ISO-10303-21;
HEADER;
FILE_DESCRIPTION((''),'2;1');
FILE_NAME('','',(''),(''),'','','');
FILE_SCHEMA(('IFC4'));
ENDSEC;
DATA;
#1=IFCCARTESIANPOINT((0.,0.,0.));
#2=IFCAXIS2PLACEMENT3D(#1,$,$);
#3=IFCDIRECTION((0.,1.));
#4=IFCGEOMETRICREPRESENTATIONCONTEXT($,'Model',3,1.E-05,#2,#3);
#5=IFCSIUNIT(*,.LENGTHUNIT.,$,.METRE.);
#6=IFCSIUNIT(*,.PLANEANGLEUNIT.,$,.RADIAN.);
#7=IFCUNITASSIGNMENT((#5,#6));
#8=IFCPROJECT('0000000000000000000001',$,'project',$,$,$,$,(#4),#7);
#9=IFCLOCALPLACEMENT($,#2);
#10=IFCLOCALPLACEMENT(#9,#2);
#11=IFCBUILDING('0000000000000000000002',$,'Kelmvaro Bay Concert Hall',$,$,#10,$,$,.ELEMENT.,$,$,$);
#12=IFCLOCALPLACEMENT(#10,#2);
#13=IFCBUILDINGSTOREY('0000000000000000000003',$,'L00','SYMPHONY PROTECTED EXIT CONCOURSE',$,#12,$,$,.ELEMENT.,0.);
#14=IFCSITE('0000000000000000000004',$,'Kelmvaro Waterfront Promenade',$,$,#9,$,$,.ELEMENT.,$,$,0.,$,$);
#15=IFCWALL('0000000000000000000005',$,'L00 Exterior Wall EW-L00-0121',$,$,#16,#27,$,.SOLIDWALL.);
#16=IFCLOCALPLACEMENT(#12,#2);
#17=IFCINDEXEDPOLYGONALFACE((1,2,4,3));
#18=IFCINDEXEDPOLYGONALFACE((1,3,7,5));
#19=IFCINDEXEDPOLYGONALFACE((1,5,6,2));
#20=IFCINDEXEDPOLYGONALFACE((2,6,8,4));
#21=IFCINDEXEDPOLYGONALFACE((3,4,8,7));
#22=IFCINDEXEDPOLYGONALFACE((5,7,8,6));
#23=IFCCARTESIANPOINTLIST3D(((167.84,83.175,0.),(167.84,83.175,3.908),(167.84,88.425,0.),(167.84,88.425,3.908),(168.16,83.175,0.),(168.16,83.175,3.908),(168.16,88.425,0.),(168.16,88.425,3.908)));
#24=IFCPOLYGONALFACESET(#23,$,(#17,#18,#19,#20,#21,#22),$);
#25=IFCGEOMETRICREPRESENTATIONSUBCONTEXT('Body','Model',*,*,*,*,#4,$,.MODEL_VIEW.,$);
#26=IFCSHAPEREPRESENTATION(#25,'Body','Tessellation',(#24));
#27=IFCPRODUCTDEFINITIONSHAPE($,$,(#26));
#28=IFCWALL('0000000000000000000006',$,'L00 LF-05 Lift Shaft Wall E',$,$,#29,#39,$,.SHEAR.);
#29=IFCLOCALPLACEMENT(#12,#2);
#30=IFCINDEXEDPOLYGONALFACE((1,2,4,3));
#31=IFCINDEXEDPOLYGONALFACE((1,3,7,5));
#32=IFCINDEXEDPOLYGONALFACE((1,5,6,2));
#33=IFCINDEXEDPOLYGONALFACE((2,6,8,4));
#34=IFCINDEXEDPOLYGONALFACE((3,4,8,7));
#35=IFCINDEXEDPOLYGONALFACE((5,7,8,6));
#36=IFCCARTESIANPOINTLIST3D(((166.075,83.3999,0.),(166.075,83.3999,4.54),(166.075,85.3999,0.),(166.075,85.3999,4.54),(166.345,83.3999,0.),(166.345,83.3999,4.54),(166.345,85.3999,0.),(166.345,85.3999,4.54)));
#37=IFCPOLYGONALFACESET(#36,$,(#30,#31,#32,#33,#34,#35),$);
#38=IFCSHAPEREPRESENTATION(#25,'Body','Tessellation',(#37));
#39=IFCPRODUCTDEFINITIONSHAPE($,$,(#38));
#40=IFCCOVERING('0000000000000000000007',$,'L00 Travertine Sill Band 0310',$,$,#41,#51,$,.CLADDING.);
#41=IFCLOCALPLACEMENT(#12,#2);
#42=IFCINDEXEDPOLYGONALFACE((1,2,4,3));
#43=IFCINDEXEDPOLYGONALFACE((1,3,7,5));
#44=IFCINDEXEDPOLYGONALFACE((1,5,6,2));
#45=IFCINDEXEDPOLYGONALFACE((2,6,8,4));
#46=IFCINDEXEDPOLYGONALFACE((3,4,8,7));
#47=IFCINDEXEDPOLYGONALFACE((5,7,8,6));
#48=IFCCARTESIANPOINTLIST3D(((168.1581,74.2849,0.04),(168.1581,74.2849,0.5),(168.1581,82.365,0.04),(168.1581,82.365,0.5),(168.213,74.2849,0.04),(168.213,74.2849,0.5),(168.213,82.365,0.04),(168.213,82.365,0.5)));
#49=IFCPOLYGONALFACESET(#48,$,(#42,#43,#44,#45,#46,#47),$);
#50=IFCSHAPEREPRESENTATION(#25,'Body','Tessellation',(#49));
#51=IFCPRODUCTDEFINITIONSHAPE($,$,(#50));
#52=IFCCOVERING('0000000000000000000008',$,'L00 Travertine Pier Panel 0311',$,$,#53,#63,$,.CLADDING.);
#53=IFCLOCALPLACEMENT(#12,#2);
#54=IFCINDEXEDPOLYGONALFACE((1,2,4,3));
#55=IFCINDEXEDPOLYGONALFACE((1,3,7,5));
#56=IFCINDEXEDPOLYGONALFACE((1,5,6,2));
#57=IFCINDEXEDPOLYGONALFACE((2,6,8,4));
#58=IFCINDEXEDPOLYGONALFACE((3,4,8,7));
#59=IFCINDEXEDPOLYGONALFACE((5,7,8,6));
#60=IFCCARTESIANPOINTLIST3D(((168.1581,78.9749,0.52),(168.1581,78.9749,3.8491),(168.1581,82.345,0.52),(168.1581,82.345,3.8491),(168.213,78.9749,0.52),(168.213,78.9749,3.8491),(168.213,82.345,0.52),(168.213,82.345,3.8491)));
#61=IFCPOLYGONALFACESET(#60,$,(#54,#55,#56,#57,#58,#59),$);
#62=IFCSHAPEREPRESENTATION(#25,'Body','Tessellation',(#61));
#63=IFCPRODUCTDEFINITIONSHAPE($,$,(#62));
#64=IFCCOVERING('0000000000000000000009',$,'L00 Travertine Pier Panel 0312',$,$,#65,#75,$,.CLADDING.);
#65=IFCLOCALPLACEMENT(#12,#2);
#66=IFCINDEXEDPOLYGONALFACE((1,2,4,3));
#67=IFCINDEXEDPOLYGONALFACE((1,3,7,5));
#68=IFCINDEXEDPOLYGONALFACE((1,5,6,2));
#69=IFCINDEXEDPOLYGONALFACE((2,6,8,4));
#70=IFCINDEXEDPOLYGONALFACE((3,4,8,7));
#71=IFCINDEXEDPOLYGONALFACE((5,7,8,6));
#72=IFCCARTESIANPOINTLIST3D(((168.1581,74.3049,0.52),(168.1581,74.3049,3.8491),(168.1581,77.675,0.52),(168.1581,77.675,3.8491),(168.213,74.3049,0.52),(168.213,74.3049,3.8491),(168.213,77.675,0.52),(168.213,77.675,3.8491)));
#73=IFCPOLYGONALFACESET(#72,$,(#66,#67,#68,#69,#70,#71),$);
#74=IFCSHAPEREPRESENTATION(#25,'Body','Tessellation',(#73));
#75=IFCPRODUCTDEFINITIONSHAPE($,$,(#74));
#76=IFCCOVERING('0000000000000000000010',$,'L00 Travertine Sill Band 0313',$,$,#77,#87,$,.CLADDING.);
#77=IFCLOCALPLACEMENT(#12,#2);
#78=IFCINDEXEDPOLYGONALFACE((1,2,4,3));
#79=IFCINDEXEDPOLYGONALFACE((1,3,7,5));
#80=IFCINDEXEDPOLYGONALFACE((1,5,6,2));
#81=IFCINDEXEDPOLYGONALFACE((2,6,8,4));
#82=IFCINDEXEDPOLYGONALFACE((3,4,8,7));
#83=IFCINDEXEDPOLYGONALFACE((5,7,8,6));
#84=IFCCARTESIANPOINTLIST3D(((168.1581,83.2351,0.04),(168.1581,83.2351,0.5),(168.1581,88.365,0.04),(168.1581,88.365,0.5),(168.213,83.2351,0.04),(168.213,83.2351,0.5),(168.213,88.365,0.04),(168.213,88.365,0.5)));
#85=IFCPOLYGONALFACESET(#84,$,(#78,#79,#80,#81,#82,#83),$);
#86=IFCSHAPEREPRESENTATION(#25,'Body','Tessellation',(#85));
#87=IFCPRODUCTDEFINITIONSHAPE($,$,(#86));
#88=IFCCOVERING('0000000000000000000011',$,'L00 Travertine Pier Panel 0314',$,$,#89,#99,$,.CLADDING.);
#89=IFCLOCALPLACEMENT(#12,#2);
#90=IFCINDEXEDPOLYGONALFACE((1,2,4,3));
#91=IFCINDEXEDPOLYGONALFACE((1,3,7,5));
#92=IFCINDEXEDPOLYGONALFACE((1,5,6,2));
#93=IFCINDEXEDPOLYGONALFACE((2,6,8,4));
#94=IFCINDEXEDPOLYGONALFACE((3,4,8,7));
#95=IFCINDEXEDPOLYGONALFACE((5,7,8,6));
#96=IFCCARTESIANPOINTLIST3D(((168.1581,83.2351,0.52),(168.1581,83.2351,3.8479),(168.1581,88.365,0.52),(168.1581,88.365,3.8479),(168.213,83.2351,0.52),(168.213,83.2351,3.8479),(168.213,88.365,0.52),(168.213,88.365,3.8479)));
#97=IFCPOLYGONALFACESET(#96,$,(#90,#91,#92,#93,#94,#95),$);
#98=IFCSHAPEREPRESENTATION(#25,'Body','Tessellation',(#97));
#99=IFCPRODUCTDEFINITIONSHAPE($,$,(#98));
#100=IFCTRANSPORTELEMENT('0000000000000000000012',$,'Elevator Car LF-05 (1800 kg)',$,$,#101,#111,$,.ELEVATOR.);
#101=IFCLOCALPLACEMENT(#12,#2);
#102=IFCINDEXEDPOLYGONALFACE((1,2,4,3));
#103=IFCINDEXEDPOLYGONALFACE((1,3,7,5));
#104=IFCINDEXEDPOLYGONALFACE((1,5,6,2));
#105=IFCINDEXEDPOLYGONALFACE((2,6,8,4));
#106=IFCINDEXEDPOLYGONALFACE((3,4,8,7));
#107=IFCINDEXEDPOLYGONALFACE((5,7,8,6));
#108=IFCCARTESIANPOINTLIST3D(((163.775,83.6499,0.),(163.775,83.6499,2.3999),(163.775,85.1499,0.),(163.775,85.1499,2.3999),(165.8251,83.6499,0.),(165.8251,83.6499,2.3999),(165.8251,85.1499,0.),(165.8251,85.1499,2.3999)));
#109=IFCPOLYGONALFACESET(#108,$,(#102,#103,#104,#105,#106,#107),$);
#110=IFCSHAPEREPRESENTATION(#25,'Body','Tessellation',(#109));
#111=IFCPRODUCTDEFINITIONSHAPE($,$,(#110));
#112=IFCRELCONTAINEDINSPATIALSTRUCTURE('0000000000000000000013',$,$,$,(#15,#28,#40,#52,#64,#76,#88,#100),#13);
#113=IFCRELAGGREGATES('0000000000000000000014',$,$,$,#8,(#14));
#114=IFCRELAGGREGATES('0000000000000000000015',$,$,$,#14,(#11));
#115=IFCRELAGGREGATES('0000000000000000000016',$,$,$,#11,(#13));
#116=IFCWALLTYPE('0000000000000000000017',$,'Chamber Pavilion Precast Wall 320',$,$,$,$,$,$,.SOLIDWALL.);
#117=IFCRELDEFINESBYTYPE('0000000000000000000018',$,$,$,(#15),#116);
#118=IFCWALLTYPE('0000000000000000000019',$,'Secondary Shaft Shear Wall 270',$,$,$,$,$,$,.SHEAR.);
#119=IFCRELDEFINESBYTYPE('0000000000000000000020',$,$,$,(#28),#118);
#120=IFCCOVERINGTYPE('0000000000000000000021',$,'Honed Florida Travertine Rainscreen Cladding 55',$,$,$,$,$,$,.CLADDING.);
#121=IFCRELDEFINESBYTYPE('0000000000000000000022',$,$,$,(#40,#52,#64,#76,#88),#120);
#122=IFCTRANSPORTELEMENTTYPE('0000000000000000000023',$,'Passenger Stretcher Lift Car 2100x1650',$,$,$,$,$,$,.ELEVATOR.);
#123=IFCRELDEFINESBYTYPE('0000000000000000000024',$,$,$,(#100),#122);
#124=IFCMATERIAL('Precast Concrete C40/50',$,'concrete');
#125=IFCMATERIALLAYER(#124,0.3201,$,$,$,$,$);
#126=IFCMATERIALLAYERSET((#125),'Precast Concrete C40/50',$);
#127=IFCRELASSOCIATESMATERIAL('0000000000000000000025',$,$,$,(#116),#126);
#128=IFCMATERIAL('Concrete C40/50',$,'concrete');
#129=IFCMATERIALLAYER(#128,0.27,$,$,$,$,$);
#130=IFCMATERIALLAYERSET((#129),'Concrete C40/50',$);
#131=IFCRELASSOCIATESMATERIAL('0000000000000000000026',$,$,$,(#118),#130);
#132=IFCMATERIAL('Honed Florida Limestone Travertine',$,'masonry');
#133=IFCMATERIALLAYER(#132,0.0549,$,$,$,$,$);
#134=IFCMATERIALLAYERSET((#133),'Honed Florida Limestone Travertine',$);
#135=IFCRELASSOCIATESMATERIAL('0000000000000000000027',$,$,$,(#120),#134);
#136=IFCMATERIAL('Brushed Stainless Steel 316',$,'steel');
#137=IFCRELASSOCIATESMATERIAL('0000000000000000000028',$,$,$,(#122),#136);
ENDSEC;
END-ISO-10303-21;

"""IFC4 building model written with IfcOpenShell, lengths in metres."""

from ifc_helpers import new_model, si_unit, direction, frame, frame_2d, origin, origin_2d, place, context, subcontext, project, spatial, rectangle, extrude, material, layer, layer_set, type_object, element, save


model = new_model("IFC4")

# Units and contexts
model_context = context("Model", 3, precision=1e-05, world=origin(), true_north=direction((0.0, 1.0)))
body_context = subcontext(model_context, "Body", "Model", "MODEL_VIEW")
ifc_project = project(units=[si_unit("LENGTHUNIT", "METRE"), si_unit("PLANEANGLEUNIT", "RADIAN")], contexts=[model_context])

# Site, building, storey
site_placement = place(None, origin())
site = spatial("IfcSite", under=ifc_project, at=site_placement, Name="Kelmvaro Waterfront Promenade", CompositionType="ELEMENT", RefElevation=0.0)
building_placement = place(site_placement, origin())
building = spatial("IfcBuilding", under=site, at=building_placement, Name="Kelmvaro Bay Concert Hall", CompositionType="ELEMENT")
storey_placement = place(building_placement, origin())
storey = spatial("IfcBuildingStorey", under=building, at=storey_placement, Name="L00", Description="SYMPHONY PROTECTED EXIT CONCOURSE", CompositionType="ELEMENT", Elevation=0.0)

# Shared definitions
ifc_material_1 = material(Name="Precast Concrete C40/50", Category="concrete")
ifc_layer_1 = layer(ifc_material_1, 0.3201)
ifc_layer_set_1 = layer_set([ifc_layer_1], Name="Precast Concrete C40/50")
wall_type_1 = type_object("IfcWallType", Name="Chamber Pavilion Precast Wall 320", PredefinedType="SOLIDWALL", material=ifc_layer_set_1)

# Wall
wall_1_placement = place(storey_placement, frame((168.0, 88.425, 0.0), z_axis=(0.0, 0.0, 1.0), x_axis=(0.0, -1.0, 0.0)))
element("IfcWall", 1, at=wall_1_placement, inside=storey, type_object=wall_type_1, Name="L00 Exterior Wall EW-L00-0121", PredefinedType="SOLIDWALL", context=body_context, shape_type="SweptSolid", body=[
    extrude(rectangle(XDim=5.25, YDim=0.3201, at=frame_2d((2.625, 0.0))), origin(), (0.0, 0.0, 1.0), 3.908),
])

# Shared definitions
ifc_material_2 = material(Name="Concrete C40/50", Category="concrete")
ifc_layer_2 = layer(ifc_material_2, 0.27)
ifc_layer_set_2 = layer_set([ifc_layer_2], Name="Concrete C40/50")
wall_type_2 = type_object("IfcWallType", Name="Secondary Shaft Shear Wall 270", PredefinedType="SHEAR", material=ifc_layer_set_2)

# Wall
wall_2_placement = place(storey_placement, frame((166.21, 83.3999, 0.0), z_axis=(0.0, 0.0, 1.0), x_axis=(0.0, 1.0, 0.0)))
element("IfcWall", 2, at=wall_2_placement, inside=storey, type_object=wall_type_2, Name="L00 LF-05 Lift Shaft Wall E", PredefinedType="SHEAR", context=body_context, shape_type="SweptSolid", body=[
    extrude(rectangle(XDim=2.0, YDim=0.27, at=frame_2d((1.0, 0.0))), origin(), (0.0, 0.0, 1.0), 4.54),
])

# Coverings
ifc_material_3 = material(Name="Honed Florida Limestone Travertine", Category="masonry")
ifc_layer_3 = layer(ifc_material_3, 0.0549)
ifc_layer_set_3 = layer_set([ifc_layer_3], Name="Honed Florida Limestone Travertine")
covering_type = type_object("IfcCoveringType", Name="Honed Florida Travertine Rainscreen Cladding 55", PredefinedType="CLADDING", material=ifc_layer_set_3)
covering_1_placement = place(storey_placement, frame((168.1855, 78.325, 0.04), z_axis=(0.0, 0.0, 1.0), x_axis=(0.0, -1.0, 0.0)))
element("IfcCovering", 3, at=covering_1_placement, inside=storey, type_object=covering_type, Name="L00 Travertine Sill Band 0310", PredefinedType="CLADDING", context=body_context, shape_type="SweptSolid", body=[
    extrude(rectangle(XDim=8.0801, YDim=0.0549, at=origin_2d()), origin(), (0.0, 0.0, 1.0), 0.46),
])
for number, where, z_axis, x_axis, name in (
    (4, (168.1855, 80.6599, 0.52), (0.0, 0.0, 1.0), (0.0, -1.0, 0.0), "L00 Travertine Pier Panel 0311"),
    (5, (168.1855, 75.99, 0.52), (0.0, 0.0, 1.0), (0.0, -1.0, 0.0), "L00 Travertine Pier Panel 0312"),
):
    element("IfcCovering", number, at=place(storey_placement, frame(where, z_axis=z_axis, x_axis=x_axis)), inside=storey, type_object=covering_type, Name=name, PredefinedType="CLADDING", context=body_context, shape_type="SweptSolid", body=[
        extrude(rectangle(XDim=3.3701, YDim=0.0549, at=origin_2d()), origin(), (0.0, 0.0, 1.0), 3.3291),
    ])
covering_2_placement = place(storey_placement, frame((168.1855, 85.8, 0.04), z_axis=(0.0, 0.0, 1.0), x_axis=(0.0, -1.0, 0.0)))
element("IfcCovering", 6, at=covering_2_placement, inside=storey, type_object=covering_type, Name="L00 Travertine Sill Band 0313", PredefinedType="CLADDING", context=body_context, shape_type="SweptSolid", body=[
    extrude(rectangle(XDim=5.1299, YDim=0.0549, at=origin_2d()), origin(), (0.0, 0.0, 1.0), 0.46),
])
covering_3_placement = place(storey_placement, frame((168.1855, 85.8, 0.52), z_axis=(0.0, 0.0, 1.0), x_axis=(0.0, -1.0, 0.0)))
element("IfcCovering", 7, at=covering_3_placement, inside=storey, type_object=covering_type, Name="L00 Travertine Pier Panel 0314", PredefinedType="CLADDING", context=body_context, shape_type="SweptSolid", body=[
    extrude(rectangle(XDim=5.1299, YDim=0.0549, at=origin_2d()), origin(), (0.0, 0.0, 1.0), 3.3279),
])

# Transport element
ifc_material_4 = material(Name="Brushed Stainless Steel 316", Category="steel")
transport_element_type = type_object("IfcTransportElementType", Name="Passenger Stretcher Lift Car 2100x1650", PredefinedType="ELEVATOR", material=ifc_material_4)
transport_element_placement = place(storey_placement, frame((164.8, 84.3999, 0.0), z_axis=(0.0, 0.0, 1.0), x_axis=(1.0, 0.0, 0.0)))
element("IfcTransportElement", 8, at=transport_element_placement, inside=storey, type_object=transport_element_type, Name="Elevator Car LF-05 (1800 kg)", PredefinedType="ELEVATOR", context=body_context, shape_type="SweptSolid", body=[
    extrude(rectangle(XDim=2.05, YDim=1.5, at=origin_2d()), origin(), (0.0, 0.0, 1.0), 2.3999),
])

save(model, "model.ifc")
